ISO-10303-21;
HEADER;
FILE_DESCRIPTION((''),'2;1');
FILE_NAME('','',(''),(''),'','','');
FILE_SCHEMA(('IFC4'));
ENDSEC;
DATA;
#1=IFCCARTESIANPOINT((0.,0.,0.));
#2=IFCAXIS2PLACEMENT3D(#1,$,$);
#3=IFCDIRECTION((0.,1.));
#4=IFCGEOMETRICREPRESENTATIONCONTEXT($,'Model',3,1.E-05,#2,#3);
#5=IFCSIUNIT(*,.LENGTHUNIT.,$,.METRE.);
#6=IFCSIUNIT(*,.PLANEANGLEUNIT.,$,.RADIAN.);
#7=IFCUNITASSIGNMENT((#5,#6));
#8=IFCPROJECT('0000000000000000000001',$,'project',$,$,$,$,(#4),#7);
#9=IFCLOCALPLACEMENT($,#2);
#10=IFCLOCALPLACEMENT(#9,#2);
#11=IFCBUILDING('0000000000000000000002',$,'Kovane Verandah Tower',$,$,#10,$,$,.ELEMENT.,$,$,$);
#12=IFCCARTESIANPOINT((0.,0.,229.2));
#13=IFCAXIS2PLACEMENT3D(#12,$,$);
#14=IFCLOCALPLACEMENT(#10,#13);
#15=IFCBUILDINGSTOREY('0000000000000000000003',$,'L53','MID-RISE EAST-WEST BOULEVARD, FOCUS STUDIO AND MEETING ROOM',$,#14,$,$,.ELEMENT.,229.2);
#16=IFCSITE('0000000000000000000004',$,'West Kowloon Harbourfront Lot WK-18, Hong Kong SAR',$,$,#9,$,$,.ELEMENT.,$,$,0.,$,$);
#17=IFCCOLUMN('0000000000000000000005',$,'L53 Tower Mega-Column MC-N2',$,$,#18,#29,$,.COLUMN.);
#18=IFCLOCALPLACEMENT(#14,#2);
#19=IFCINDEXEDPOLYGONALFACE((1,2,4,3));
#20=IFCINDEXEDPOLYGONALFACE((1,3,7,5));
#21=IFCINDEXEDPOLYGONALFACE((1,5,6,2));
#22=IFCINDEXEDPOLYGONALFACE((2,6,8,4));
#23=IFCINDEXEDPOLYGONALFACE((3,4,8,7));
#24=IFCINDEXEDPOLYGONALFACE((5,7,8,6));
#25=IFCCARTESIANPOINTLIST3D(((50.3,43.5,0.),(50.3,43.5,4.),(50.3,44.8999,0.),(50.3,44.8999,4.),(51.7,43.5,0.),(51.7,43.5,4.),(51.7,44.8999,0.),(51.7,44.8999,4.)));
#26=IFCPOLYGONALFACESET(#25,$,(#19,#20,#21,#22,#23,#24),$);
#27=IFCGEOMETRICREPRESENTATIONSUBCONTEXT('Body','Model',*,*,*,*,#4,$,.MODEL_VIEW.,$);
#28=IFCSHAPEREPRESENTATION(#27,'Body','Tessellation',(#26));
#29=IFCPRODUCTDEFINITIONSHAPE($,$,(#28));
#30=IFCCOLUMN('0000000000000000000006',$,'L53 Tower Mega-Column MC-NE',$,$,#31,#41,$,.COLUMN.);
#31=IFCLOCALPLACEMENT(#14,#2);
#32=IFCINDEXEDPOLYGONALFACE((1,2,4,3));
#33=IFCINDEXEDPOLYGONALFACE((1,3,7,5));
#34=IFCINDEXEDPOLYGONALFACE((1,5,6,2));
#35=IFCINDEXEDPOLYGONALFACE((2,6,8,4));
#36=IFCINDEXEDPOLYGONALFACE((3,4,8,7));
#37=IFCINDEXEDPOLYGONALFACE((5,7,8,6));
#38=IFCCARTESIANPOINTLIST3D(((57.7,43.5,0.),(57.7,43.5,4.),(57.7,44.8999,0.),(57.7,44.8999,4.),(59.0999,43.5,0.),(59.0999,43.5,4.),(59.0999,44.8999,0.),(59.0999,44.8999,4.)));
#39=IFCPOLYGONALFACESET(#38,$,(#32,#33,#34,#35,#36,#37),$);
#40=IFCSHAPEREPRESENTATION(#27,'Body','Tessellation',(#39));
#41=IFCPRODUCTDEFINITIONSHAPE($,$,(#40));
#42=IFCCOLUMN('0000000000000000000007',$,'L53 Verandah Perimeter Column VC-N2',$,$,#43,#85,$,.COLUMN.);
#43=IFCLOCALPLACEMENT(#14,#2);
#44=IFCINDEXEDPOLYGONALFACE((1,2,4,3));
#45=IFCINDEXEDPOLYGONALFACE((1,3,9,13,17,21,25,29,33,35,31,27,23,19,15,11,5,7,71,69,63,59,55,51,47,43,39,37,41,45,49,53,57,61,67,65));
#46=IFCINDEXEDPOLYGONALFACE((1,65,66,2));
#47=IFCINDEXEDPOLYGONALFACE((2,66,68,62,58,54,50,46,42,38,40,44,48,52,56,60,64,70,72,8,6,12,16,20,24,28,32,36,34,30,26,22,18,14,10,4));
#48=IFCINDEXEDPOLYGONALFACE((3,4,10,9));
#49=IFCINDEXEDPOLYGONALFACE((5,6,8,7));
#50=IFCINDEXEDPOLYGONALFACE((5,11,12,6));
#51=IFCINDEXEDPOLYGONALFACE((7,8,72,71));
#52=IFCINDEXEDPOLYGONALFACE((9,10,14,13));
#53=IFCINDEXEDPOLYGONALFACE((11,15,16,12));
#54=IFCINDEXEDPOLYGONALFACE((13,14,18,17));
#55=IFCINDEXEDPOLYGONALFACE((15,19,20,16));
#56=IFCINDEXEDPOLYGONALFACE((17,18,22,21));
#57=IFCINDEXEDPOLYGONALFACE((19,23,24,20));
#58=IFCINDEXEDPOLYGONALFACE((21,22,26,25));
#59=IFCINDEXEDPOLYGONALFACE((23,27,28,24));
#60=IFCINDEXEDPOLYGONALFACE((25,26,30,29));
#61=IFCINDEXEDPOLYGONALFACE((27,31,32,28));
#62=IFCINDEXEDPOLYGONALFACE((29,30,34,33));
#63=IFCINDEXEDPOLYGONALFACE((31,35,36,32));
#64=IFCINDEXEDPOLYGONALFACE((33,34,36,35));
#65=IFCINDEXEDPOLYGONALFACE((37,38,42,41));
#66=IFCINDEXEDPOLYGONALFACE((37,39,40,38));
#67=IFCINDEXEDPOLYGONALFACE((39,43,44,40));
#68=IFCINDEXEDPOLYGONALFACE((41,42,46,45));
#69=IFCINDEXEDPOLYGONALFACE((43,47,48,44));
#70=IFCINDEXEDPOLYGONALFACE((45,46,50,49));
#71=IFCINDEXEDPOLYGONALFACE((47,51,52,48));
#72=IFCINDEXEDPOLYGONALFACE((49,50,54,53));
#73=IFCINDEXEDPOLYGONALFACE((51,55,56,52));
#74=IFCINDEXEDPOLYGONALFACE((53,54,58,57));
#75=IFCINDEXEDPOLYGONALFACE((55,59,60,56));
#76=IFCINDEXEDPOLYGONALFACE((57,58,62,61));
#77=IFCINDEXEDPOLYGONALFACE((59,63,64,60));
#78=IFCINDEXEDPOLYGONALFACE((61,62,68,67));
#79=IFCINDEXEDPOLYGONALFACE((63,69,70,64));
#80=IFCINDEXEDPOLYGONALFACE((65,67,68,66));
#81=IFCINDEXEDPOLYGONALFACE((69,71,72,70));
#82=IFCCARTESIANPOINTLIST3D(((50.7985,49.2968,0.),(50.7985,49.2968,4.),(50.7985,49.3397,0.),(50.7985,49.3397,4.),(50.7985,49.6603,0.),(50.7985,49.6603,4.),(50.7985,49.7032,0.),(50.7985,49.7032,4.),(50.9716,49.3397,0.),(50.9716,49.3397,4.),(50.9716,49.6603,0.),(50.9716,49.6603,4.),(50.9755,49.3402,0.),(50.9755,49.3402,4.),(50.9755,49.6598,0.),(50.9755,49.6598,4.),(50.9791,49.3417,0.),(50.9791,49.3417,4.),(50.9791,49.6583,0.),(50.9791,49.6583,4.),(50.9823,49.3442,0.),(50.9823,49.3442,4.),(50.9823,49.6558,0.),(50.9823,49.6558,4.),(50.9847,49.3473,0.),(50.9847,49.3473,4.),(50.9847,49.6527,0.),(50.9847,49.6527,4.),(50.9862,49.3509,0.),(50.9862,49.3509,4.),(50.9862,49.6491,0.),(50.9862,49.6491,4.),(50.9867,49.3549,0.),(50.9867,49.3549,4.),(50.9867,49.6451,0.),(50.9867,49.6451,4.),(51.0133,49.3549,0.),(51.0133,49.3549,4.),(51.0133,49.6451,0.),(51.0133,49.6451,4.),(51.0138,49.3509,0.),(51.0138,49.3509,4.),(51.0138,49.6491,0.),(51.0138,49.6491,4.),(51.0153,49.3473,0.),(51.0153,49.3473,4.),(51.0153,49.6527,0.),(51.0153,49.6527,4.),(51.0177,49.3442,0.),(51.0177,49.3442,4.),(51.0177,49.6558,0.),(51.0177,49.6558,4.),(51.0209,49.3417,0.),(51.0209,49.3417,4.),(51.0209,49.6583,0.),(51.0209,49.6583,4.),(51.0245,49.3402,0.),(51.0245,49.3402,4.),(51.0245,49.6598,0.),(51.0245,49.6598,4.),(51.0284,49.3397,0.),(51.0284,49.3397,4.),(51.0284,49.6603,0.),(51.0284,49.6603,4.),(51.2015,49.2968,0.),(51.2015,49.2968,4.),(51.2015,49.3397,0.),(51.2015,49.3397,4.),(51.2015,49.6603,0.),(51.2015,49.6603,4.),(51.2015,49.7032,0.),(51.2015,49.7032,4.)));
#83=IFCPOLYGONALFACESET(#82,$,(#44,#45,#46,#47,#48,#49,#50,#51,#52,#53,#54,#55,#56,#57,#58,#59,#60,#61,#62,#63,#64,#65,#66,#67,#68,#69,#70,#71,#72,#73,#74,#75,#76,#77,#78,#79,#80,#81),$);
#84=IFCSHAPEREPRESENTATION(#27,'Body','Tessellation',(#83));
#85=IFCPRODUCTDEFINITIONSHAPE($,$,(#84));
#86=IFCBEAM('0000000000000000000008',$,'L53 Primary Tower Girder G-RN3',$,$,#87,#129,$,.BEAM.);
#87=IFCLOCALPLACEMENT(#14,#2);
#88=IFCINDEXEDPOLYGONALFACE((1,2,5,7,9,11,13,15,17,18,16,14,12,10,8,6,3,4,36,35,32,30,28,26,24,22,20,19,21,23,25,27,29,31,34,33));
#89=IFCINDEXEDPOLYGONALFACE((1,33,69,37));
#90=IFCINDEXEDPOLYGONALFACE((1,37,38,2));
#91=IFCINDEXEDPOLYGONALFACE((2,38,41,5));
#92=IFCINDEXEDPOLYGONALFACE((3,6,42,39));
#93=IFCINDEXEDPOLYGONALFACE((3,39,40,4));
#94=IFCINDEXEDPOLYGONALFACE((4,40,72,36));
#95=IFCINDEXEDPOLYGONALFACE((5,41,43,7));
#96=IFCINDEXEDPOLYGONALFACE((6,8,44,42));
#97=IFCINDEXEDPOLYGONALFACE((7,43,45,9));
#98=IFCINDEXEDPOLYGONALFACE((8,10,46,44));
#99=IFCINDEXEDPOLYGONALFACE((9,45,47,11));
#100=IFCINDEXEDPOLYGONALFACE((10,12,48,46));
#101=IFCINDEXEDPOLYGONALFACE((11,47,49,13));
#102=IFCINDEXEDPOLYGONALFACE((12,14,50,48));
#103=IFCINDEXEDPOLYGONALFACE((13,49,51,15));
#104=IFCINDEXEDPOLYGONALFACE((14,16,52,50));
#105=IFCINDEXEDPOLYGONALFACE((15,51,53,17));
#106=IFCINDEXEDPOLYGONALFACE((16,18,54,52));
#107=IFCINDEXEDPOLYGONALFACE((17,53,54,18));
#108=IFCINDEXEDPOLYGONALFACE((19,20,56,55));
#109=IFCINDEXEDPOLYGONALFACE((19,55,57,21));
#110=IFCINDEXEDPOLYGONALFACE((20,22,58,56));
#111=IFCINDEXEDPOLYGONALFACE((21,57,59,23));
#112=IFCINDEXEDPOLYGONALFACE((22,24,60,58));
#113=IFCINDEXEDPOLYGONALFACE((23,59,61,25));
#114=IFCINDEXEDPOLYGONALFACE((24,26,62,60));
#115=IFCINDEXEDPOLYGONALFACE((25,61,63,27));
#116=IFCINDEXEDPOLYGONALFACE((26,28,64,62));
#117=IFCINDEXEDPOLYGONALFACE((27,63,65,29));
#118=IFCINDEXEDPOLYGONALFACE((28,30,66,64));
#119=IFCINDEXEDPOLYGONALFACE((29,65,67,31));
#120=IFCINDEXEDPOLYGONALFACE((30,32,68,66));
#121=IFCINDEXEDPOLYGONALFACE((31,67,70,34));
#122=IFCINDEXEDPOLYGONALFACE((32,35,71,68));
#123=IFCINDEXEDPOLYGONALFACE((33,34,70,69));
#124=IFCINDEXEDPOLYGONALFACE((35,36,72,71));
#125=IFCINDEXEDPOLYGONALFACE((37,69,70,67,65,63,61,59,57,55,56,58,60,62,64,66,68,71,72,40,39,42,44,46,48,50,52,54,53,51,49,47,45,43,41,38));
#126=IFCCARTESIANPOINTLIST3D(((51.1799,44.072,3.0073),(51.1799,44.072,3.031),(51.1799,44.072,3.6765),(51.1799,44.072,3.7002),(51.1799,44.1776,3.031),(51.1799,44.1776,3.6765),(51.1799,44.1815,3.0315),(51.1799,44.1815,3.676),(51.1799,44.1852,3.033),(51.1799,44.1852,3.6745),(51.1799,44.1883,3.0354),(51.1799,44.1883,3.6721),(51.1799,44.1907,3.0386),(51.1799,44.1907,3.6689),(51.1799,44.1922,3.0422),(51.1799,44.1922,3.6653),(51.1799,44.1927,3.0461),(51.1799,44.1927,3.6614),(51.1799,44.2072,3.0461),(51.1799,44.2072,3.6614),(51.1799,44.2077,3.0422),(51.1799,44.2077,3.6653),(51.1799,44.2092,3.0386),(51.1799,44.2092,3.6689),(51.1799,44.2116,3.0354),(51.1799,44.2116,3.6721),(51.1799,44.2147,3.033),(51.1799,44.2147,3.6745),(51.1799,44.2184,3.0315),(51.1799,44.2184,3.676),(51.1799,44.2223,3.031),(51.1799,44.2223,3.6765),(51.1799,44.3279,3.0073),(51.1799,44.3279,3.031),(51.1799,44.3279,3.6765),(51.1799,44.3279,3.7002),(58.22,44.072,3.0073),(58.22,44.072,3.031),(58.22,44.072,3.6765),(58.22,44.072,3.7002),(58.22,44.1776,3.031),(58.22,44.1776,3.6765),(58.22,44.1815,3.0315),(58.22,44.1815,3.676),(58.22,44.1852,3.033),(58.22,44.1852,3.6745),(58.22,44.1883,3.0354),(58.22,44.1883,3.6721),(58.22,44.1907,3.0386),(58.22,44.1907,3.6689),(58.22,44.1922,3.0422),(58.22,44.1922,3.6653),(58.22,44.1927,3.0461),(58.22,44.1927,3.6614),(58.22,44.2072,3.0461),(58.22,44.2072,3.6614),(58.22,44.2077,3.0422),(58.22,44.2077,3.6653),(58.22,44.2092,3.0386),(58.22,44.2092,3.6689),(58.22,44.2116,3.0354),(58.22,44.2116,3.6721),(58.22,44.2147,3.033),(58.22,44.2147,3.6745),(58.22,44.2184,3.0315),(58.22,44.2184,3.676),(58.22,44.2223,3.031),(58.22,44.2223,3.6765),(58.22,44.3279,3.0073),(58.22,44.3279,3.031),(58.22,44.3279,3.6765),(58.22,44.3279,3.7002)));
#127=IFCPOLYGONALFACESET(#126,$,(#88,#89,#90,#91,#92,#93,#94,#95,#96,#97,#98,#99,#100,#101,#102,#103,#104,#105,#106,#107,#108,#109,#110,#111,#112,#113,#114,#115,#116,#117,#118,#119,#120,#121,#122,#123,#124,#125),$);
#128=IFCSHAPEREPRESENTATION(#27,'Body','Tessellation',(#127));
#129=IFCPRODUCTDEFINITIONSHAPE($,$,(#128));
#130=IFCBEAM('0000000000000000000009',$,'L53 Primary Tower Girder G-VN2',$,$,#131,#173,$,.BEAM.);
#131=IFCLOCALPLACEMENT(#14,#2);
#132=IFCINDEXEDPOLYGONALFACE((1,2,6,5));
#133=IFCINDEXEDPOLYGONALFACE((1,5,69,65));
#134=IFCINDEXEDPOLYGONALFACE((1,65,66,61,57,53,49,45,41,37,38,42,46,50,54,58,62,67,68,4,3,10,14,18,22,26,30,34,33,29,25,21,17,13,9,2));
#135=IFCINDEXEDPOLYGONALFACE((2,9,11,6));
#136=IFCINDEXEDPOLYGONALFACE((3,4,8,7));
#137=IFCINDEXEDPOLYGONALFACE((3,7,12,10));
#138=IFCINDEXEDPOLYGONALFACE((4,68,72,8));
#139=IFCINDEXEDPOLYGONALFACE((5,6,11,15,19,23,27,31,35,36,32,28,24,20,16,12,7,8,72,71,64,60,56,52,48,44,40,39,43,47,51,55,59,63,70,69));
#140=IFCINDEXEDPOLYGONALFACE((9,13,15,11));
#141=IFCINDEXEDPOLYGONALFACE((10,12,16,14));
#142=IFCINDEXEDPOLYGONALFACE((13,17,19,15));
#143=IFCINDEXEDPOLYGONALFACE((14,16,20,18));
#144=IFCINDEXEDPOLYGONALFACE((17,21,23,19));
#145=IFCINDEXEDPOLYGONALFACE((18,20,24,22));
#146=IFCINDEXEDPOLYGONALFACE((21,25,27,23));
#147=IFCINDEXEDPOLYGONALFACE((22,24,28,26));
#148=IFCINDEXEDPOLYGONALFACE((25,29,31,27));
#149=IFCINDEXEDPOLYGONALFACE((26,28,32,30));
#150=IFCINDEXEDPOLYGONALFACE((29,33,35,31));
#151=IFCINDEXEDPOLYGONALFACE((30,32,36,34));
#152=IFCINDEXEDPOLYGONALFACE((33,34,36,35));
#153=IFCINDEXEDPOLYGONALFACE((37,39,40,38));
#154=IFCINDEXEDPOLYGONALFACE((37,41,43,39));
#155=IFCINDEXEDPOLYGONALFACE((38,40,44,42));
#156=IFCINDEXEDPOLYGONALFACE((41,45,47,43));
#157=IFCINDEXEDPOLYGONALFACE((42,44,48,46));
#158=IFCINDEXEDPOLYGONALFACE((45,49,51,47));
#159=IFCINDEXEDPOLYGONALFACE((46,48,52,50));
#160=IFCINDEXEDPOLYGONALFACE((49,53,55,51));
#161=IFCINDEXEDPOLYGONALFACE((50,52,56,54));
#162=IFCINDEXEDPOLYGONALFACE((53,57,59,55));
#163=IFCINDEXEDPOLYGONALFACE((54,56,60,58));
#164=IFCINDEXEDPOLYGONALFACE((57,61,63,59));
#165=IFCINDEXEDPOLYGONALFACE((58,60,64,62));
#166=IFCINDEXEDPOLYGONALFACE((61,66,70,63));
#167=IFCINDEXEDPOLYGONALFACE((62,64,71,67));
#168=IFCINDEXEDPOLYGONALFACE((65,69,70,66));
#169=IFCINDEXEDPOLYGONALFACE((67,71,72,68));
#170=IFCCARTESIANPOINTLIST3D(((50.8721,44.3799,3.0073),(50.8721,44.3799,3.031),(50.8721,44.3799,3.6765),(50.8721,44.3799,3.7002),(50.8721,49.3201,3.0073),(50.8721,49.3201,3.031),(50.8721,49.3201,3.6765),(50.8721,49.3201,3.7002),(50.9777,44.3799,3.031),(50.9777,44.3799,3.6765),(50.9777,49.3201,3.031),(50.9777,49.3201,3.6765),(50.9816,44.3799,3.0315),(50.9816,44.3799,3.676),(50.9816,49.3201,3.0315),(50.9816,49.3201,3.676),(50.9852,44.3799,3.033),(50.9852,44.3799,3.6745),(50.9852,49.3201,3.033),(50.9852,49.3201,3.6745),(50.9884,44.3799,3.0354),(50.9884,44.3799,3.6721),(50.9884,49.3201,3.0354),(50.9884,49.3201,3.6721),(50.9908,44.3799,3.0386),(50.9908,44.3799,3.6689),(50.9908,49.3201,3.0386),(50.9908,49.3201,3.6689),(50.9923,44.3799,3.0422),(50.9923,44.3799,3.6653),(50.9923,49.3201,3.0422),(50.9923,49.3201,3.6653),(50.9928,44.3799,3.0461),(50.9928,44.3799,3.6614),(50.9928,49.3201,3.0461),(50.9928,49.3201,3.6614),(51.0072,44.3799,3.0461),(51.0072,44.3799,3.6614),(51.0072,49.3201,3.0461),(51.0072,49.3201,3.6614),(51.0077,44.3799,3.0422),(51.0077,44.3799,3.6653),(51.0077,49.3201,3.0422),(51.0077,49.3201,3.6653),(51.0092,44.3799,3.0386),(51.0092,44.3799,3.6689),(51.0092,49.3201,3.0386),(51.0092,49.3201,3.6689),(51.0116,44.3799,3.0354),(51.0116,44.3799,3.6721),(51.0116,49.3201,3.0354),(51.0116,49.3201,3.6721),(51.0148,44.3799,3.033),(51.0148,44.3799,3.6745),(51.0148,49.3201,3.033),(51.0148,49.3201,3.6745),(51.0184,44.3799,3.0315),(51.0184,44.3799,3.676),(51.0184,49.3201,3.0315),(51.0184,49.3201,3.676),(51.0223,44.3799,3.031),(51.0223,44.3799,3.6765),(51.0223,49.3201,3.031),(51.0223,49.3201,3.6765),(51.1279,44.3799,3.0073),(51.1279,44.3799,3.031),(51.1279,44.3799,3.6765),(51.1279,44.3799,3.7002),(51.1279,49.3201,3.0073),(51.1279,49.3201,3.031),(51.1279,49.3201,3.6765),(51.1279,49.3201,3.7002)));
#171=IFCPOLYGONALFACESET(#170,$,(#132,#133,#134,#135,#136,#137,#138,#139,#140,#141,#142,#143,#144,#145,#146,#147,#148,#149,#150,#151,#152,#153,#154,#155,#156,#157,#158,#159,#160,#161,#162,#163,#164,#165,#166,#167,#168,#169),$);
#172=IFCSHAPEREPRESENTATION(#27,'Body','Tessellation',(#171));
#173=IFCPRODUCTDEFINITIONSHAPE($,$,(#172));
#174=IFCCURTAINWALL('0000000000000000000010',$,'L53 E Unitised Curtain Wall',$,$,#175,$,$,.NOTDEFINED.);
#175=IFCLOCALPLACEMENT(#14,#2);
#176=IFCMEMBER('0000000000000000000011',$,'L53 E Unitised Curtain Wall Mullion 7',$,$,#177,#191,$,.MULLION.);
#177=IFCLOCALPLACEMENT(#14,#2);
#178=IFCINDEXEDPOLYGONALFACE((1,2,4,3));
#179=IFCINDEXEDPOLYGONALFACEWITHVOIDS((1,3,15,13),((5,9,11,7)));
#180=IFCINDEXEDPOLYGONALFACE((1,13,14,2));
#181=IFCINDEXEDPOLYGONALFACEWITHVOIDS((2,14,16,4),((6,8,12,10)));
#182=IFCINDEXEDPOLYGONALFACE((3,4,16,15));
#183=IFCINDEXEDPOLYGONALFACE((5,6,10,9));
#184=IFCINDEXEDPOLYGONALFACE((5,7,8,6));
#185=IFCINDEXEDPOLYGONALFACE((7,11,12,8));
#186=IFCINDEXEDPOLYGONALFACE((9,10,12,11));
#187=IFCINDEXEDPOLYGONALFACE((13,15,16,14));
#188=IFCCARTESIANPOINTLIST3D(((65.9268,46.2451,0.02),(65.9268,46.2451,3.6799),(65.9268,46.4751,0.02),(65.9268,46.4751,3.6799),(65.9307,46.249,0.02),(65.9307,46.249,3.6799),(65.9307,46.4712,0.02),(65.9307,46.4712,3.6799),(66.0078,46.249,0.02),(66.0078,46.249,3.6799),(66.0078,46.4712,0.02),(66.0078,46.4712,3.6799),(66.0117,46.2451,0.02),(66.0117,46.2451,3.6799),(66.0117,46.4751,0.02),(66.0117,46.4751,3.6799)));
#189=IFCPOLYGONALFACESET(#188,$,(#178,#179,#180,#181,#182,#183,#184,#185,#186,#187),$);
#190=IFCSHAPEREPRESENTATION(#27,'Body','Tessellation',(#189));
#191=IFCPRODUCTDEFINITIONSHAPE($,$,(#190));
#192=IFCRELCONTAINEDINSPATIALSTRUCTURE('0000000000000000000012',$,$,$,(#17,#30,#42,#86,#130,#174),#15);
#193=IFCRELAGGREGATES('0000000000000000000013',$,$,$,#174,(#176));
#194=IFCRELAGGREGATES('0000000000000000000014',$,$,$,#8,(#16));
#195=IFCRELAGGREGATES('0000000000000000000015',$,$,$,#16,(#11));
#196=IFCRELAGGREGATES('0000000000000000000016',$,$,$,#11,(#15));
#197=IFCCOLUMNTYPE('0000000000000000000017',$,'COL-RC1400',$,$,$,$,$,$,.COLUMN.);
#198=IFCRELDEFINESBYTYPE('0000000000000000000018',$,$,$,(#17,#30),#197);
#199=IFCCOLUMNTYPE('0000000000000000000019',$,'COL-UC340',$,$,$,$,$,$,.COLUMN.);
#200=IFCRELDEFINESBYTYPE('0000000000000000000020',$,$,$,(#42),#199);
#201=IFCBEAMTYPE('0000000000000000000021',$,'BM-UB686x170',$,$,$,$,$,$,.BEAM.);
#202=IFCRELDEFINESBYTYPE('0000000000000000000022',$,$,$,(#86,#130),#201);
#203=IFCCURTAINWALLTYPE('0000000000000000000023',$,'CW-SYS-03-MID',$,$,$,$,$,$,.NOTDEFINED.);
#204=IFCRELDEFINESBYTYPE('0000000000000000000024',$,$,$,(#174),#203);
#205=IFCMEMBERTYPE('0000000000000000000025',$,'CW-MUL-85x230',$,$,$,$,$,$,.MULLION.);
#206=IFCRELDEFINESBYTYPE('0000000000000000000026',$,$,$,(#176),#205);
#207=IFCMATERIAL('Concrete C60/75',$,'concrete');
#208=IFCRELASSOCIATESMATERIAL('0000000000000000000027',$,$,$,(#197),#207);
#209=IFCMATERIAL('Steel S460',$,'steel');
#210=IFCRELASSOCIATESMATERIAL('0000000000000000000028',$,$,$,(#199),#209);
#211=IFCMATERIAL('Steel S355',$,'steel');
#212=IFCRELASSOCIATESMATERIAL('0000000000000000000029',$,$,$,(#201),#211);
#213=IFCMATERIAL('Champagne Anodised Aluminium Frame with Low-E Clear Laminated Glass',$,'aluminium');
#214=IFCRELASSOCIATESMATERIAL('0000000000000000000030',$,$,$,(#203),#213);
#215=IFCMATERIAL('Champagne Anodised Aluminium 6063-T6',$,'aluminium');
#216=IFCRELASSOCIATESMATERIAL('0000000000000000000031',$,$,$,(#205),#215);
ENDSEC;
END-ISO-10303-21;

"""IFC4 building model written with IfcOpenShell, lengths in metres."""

from ifc_helpers import new_model, si_unit, direction, frame, origin, origin_2d, place, context, subcontext, project, spatial, rectangle, hollow_rectangle, i_section, extrude, material, material_profile, profile_set, type_object, element, aggregate, save


model = new_model("IFC4")

# Units and contexts
model_context = context("Model", 3, precision=1e-05, world=origin(), true_north=direction((0.0, 1.0)))
body_context = subcontext(model_context, "Body", "Model", "MODEL_VIEW")
ifc_project = project(units=[si_unit("LENGTHUNIT", "METRE"), si_unit("PLANEANGLEUNIT", "RADIAN")], contexts=[model_context])

# Site, building, storey
site_placement = place(None, origin())
site = spatial("IfcSite", under=ifc_project, at=site_placement, Name="West Kowloon Harbourfront Lot WK-18, Hong Kong SAR", CompositionType="ELEMENT", RefElevation=0.0)
building_placement = place(site_placement, origin())
building = spatial("IfcBuilding", under=site, at=building_placement, Name="Kovane Verandah Tower", CompositionType="ELEMENT")
storey_placement = place(building_placement, frame((0.0, 0.0, 229.2)))
storey = spatial("IfcBuildingStorey", under=building, at=storey_placement, Name="L53", Description="MID-RISE EAST-WEST BOULEVARD, FOCUS STUDIO AND MEETING ROOM", CompositionType="ELEMENT", Elevation=229.2)

# Columns
ifc_material_1 = material(Name="Concrete C60/75", Category="concrete")
ifc_material_profile_1 = material_profile(ifc_material_1, rectangle(XDim=1.3999, YDim=1.3999, at=origin_2d()), Name="RC1400x1400")
ifc_profile_set_1 = profile_set([ifc_material_profile_1], Name="Concrete C60/75")
column_type_1 = type_object("IfcColumnType", Name="COL-RC1400", PredefinedType="COLUMN", material=ifc_profile_set_1)
for number, where, z_axis, x_axis, name in (
    (1, (51.0, 44.2, 0.0), (0.0, 0.0, 1.0), (1.0, 0.0, 0.0), "L53 Tower Mega-Column MC-N2"),
    (2, (58.3999, 44.2, 0.0), (0.0, 0.0, 1.0), (1.0, 0.0, 0.0), "L53 Tower Mega-Column MC-NE"),
):
    element("IfcColumn", number, at=place(storey_placement, frame(where, z_axis=z_axis, x_axis=x_axis)), inside=storey, type_object=column_type_1, Name=name, PredefinedType="COLUMN", context=body_context, shape_type="SweptSolid", body=[
        extrude(rectangle(XDim=1.3999, YDim=1.3999, at=origin_2d()), origin(), (0.0, 0.0, 1.0), 4.0),
    ])
ifc_material_2 = material(Name="Steel S460", Category="steel")
ifc_material_profile_2 = material_profile(ifc_material_2, i_section(OverallWidth=0.4031, OverallDepth=0.4065, WebThickness=0.0266, FlangeThickness=0.043, FilletRadius=0.0151, at=origin_2d()), Name="UC356x406x340")
ifc_profile_set_2 = profile_set([ifc_material_profile_2], Name="Steel S460")
column_type_2 = type_object("IfcColumnType", Name="COL-UC340", PredefinedType="COLUMN", material=ifc_profile_set_2)
column_placement = place(storey_placement, frame((51.0, 49.5, 0.0), z_axis=(0.0, 0.0, 1.0), x_axis=(1.0, 0.0, 0.0)))
element("IfcColumn", 3, at=column_placement, inside=storey, type_object=column_type_2, Name="L53 Verandah Perimeter Column VC-N2", PredefinedType="COLUMN", context=body_context, shape_type="SweptSolid", body=[
    extrude(i_section(OverallWidth=0.4031, OverallDepth=0.4065, WebThickness=0.0266, FlangeThickness=0.043, FilletRadius=0.0151, at=origin_2d()), origin(), (0.0, 0.0, 1.0), 4.0),
])

# Beams
ifc_material_3 = material(Name="Steel S355", Category="steel")
ifc_material_profile_3 = material_profile(ifc_material_3, i_section(OverallWidth=0.2559, OverallDepth=0.6929, WebThickness=0.0144, FlangeThickness=0.0237, FilletRadius=0.0151, at=origin_2d()), Name="UB686x254x170")
ifc_profile_set_3 = profile_set([ifc_material_profile_3], Name="Steel S355")
beam_type_1 = type_object("IfcBeamType", Name="BM-UB686x170", PredefinedType="BEAM", material=ifc_profile_set_3)
beam_1_placement = place(storey_placement, frame((51.1799, 44.2, 3.3538), z_axis=(1.0, 0.0, 0.0), x_axis=(0.0, 1.0, 0.0)))
element("IfcBeam", 4, at=beam_1_placement, inside=storey, type_object=beam_type_1, Name="L53 Primary Tower Girder G-RN3", PredefinedType="BEAM", context=body_context, shape_type="SweptSolid", body=[
    extrude(i_section(OverallWidth=0.2559, OverallDepth=0.6929, WebThickness=0.0144, FlangeThickness=0.0237, FilletRadius=0.0151, at=origin_2d()), origin(), (0.0, 0.0, 1.0), 7.04),
])
beam_2_placement = place(storey_placement, frame((51.0, 44.3799, 3.3538), z_axis=(0.0, 1.0, 0.0), x_axis=(-1.0, 0.0, 0.0)))
element("IfcBeam", 5, at=beam_2_placement, inside=storey, type_object=beam_type_1, Name="L53 Primary Tower Girder G-VN2", PredefinedType="BEAM", context=body_context, shape_type="SweptSolid", body=[
    extrude(i_section(OverallWidth=0.2559, OverallDepth=0.6929, WebThickness=0.0144, FlangeThickness=0.0237, FilletRadius=0.0151, at=origin_2d()), origin(), (0.0, 0.0, 1.0), 4.9402),
])

# Curtain wall, member
ifc_material_4 = material(Name="Champagne Anodised Aluminium Frame with Low-E Clear Laminated Glass", Category="aluminium")
curtain_wall_type = type_object("IfcCurtainWallType", Name="CW-SYS-03-MID", PredefinedType="NOTDEFINED", material=ifc_material_4)
curtain_wall_1_placement = place(storey_placement, origin())
curtain_wall_1 = element("IfcCurtainWall", 6, at=curtain_wall_1_placement, inside=storey, type_object=curtain_wall_type, Name="L53 E Unitised Curtain Wall", PredefinedType="NOTDEFINED")
ifc_material_5 = material(Name="Champagne Anodised Aluminium 6063-T6", Category="aluminium")
ifc_material_profile_4 = material_profile(ifc_material_5, hollow_rectangle(XDim=0.085, YDim=0.23, WallThickness=0.0039, at=origin_2d()), Name="AL85x230x4")
ifc_profile_set_4 = profile_set([ifc_material_profile_4], Name="Champagne Anodised Aluminium 6063-T6")
member_type_1 = type_object("IfcMemberType", Name="CW-MUL-85x230", PredefinedType="MULLION", material=ifc_profile_set_4)
member_1_placement = place(storey_placement, frame((65.9692, 46.3601, 0.02), z_axis=(0.0, 0.0, 1.0), x_axis=(1.0, 0.0, 0.0)))
member_1 = element("IfcMember", 7, at=member_1_placement, type_object=member_type_1, Name="L53 E Unitised Curtain Wall Mullion 7", PredefinedType="MULLION", context=body_context, shape_type="SweptSolid", body=[
    extrude(hollow_rectangle(XDim=0.085, YDim=0.23, WallThickness=0.0039, at=origin_2d()), origin(), (0.0, 0.0, 1.0), 3.6599),
])

aggregate(curtain_wall_1, [member_1])

save(model, "model.ifc")
